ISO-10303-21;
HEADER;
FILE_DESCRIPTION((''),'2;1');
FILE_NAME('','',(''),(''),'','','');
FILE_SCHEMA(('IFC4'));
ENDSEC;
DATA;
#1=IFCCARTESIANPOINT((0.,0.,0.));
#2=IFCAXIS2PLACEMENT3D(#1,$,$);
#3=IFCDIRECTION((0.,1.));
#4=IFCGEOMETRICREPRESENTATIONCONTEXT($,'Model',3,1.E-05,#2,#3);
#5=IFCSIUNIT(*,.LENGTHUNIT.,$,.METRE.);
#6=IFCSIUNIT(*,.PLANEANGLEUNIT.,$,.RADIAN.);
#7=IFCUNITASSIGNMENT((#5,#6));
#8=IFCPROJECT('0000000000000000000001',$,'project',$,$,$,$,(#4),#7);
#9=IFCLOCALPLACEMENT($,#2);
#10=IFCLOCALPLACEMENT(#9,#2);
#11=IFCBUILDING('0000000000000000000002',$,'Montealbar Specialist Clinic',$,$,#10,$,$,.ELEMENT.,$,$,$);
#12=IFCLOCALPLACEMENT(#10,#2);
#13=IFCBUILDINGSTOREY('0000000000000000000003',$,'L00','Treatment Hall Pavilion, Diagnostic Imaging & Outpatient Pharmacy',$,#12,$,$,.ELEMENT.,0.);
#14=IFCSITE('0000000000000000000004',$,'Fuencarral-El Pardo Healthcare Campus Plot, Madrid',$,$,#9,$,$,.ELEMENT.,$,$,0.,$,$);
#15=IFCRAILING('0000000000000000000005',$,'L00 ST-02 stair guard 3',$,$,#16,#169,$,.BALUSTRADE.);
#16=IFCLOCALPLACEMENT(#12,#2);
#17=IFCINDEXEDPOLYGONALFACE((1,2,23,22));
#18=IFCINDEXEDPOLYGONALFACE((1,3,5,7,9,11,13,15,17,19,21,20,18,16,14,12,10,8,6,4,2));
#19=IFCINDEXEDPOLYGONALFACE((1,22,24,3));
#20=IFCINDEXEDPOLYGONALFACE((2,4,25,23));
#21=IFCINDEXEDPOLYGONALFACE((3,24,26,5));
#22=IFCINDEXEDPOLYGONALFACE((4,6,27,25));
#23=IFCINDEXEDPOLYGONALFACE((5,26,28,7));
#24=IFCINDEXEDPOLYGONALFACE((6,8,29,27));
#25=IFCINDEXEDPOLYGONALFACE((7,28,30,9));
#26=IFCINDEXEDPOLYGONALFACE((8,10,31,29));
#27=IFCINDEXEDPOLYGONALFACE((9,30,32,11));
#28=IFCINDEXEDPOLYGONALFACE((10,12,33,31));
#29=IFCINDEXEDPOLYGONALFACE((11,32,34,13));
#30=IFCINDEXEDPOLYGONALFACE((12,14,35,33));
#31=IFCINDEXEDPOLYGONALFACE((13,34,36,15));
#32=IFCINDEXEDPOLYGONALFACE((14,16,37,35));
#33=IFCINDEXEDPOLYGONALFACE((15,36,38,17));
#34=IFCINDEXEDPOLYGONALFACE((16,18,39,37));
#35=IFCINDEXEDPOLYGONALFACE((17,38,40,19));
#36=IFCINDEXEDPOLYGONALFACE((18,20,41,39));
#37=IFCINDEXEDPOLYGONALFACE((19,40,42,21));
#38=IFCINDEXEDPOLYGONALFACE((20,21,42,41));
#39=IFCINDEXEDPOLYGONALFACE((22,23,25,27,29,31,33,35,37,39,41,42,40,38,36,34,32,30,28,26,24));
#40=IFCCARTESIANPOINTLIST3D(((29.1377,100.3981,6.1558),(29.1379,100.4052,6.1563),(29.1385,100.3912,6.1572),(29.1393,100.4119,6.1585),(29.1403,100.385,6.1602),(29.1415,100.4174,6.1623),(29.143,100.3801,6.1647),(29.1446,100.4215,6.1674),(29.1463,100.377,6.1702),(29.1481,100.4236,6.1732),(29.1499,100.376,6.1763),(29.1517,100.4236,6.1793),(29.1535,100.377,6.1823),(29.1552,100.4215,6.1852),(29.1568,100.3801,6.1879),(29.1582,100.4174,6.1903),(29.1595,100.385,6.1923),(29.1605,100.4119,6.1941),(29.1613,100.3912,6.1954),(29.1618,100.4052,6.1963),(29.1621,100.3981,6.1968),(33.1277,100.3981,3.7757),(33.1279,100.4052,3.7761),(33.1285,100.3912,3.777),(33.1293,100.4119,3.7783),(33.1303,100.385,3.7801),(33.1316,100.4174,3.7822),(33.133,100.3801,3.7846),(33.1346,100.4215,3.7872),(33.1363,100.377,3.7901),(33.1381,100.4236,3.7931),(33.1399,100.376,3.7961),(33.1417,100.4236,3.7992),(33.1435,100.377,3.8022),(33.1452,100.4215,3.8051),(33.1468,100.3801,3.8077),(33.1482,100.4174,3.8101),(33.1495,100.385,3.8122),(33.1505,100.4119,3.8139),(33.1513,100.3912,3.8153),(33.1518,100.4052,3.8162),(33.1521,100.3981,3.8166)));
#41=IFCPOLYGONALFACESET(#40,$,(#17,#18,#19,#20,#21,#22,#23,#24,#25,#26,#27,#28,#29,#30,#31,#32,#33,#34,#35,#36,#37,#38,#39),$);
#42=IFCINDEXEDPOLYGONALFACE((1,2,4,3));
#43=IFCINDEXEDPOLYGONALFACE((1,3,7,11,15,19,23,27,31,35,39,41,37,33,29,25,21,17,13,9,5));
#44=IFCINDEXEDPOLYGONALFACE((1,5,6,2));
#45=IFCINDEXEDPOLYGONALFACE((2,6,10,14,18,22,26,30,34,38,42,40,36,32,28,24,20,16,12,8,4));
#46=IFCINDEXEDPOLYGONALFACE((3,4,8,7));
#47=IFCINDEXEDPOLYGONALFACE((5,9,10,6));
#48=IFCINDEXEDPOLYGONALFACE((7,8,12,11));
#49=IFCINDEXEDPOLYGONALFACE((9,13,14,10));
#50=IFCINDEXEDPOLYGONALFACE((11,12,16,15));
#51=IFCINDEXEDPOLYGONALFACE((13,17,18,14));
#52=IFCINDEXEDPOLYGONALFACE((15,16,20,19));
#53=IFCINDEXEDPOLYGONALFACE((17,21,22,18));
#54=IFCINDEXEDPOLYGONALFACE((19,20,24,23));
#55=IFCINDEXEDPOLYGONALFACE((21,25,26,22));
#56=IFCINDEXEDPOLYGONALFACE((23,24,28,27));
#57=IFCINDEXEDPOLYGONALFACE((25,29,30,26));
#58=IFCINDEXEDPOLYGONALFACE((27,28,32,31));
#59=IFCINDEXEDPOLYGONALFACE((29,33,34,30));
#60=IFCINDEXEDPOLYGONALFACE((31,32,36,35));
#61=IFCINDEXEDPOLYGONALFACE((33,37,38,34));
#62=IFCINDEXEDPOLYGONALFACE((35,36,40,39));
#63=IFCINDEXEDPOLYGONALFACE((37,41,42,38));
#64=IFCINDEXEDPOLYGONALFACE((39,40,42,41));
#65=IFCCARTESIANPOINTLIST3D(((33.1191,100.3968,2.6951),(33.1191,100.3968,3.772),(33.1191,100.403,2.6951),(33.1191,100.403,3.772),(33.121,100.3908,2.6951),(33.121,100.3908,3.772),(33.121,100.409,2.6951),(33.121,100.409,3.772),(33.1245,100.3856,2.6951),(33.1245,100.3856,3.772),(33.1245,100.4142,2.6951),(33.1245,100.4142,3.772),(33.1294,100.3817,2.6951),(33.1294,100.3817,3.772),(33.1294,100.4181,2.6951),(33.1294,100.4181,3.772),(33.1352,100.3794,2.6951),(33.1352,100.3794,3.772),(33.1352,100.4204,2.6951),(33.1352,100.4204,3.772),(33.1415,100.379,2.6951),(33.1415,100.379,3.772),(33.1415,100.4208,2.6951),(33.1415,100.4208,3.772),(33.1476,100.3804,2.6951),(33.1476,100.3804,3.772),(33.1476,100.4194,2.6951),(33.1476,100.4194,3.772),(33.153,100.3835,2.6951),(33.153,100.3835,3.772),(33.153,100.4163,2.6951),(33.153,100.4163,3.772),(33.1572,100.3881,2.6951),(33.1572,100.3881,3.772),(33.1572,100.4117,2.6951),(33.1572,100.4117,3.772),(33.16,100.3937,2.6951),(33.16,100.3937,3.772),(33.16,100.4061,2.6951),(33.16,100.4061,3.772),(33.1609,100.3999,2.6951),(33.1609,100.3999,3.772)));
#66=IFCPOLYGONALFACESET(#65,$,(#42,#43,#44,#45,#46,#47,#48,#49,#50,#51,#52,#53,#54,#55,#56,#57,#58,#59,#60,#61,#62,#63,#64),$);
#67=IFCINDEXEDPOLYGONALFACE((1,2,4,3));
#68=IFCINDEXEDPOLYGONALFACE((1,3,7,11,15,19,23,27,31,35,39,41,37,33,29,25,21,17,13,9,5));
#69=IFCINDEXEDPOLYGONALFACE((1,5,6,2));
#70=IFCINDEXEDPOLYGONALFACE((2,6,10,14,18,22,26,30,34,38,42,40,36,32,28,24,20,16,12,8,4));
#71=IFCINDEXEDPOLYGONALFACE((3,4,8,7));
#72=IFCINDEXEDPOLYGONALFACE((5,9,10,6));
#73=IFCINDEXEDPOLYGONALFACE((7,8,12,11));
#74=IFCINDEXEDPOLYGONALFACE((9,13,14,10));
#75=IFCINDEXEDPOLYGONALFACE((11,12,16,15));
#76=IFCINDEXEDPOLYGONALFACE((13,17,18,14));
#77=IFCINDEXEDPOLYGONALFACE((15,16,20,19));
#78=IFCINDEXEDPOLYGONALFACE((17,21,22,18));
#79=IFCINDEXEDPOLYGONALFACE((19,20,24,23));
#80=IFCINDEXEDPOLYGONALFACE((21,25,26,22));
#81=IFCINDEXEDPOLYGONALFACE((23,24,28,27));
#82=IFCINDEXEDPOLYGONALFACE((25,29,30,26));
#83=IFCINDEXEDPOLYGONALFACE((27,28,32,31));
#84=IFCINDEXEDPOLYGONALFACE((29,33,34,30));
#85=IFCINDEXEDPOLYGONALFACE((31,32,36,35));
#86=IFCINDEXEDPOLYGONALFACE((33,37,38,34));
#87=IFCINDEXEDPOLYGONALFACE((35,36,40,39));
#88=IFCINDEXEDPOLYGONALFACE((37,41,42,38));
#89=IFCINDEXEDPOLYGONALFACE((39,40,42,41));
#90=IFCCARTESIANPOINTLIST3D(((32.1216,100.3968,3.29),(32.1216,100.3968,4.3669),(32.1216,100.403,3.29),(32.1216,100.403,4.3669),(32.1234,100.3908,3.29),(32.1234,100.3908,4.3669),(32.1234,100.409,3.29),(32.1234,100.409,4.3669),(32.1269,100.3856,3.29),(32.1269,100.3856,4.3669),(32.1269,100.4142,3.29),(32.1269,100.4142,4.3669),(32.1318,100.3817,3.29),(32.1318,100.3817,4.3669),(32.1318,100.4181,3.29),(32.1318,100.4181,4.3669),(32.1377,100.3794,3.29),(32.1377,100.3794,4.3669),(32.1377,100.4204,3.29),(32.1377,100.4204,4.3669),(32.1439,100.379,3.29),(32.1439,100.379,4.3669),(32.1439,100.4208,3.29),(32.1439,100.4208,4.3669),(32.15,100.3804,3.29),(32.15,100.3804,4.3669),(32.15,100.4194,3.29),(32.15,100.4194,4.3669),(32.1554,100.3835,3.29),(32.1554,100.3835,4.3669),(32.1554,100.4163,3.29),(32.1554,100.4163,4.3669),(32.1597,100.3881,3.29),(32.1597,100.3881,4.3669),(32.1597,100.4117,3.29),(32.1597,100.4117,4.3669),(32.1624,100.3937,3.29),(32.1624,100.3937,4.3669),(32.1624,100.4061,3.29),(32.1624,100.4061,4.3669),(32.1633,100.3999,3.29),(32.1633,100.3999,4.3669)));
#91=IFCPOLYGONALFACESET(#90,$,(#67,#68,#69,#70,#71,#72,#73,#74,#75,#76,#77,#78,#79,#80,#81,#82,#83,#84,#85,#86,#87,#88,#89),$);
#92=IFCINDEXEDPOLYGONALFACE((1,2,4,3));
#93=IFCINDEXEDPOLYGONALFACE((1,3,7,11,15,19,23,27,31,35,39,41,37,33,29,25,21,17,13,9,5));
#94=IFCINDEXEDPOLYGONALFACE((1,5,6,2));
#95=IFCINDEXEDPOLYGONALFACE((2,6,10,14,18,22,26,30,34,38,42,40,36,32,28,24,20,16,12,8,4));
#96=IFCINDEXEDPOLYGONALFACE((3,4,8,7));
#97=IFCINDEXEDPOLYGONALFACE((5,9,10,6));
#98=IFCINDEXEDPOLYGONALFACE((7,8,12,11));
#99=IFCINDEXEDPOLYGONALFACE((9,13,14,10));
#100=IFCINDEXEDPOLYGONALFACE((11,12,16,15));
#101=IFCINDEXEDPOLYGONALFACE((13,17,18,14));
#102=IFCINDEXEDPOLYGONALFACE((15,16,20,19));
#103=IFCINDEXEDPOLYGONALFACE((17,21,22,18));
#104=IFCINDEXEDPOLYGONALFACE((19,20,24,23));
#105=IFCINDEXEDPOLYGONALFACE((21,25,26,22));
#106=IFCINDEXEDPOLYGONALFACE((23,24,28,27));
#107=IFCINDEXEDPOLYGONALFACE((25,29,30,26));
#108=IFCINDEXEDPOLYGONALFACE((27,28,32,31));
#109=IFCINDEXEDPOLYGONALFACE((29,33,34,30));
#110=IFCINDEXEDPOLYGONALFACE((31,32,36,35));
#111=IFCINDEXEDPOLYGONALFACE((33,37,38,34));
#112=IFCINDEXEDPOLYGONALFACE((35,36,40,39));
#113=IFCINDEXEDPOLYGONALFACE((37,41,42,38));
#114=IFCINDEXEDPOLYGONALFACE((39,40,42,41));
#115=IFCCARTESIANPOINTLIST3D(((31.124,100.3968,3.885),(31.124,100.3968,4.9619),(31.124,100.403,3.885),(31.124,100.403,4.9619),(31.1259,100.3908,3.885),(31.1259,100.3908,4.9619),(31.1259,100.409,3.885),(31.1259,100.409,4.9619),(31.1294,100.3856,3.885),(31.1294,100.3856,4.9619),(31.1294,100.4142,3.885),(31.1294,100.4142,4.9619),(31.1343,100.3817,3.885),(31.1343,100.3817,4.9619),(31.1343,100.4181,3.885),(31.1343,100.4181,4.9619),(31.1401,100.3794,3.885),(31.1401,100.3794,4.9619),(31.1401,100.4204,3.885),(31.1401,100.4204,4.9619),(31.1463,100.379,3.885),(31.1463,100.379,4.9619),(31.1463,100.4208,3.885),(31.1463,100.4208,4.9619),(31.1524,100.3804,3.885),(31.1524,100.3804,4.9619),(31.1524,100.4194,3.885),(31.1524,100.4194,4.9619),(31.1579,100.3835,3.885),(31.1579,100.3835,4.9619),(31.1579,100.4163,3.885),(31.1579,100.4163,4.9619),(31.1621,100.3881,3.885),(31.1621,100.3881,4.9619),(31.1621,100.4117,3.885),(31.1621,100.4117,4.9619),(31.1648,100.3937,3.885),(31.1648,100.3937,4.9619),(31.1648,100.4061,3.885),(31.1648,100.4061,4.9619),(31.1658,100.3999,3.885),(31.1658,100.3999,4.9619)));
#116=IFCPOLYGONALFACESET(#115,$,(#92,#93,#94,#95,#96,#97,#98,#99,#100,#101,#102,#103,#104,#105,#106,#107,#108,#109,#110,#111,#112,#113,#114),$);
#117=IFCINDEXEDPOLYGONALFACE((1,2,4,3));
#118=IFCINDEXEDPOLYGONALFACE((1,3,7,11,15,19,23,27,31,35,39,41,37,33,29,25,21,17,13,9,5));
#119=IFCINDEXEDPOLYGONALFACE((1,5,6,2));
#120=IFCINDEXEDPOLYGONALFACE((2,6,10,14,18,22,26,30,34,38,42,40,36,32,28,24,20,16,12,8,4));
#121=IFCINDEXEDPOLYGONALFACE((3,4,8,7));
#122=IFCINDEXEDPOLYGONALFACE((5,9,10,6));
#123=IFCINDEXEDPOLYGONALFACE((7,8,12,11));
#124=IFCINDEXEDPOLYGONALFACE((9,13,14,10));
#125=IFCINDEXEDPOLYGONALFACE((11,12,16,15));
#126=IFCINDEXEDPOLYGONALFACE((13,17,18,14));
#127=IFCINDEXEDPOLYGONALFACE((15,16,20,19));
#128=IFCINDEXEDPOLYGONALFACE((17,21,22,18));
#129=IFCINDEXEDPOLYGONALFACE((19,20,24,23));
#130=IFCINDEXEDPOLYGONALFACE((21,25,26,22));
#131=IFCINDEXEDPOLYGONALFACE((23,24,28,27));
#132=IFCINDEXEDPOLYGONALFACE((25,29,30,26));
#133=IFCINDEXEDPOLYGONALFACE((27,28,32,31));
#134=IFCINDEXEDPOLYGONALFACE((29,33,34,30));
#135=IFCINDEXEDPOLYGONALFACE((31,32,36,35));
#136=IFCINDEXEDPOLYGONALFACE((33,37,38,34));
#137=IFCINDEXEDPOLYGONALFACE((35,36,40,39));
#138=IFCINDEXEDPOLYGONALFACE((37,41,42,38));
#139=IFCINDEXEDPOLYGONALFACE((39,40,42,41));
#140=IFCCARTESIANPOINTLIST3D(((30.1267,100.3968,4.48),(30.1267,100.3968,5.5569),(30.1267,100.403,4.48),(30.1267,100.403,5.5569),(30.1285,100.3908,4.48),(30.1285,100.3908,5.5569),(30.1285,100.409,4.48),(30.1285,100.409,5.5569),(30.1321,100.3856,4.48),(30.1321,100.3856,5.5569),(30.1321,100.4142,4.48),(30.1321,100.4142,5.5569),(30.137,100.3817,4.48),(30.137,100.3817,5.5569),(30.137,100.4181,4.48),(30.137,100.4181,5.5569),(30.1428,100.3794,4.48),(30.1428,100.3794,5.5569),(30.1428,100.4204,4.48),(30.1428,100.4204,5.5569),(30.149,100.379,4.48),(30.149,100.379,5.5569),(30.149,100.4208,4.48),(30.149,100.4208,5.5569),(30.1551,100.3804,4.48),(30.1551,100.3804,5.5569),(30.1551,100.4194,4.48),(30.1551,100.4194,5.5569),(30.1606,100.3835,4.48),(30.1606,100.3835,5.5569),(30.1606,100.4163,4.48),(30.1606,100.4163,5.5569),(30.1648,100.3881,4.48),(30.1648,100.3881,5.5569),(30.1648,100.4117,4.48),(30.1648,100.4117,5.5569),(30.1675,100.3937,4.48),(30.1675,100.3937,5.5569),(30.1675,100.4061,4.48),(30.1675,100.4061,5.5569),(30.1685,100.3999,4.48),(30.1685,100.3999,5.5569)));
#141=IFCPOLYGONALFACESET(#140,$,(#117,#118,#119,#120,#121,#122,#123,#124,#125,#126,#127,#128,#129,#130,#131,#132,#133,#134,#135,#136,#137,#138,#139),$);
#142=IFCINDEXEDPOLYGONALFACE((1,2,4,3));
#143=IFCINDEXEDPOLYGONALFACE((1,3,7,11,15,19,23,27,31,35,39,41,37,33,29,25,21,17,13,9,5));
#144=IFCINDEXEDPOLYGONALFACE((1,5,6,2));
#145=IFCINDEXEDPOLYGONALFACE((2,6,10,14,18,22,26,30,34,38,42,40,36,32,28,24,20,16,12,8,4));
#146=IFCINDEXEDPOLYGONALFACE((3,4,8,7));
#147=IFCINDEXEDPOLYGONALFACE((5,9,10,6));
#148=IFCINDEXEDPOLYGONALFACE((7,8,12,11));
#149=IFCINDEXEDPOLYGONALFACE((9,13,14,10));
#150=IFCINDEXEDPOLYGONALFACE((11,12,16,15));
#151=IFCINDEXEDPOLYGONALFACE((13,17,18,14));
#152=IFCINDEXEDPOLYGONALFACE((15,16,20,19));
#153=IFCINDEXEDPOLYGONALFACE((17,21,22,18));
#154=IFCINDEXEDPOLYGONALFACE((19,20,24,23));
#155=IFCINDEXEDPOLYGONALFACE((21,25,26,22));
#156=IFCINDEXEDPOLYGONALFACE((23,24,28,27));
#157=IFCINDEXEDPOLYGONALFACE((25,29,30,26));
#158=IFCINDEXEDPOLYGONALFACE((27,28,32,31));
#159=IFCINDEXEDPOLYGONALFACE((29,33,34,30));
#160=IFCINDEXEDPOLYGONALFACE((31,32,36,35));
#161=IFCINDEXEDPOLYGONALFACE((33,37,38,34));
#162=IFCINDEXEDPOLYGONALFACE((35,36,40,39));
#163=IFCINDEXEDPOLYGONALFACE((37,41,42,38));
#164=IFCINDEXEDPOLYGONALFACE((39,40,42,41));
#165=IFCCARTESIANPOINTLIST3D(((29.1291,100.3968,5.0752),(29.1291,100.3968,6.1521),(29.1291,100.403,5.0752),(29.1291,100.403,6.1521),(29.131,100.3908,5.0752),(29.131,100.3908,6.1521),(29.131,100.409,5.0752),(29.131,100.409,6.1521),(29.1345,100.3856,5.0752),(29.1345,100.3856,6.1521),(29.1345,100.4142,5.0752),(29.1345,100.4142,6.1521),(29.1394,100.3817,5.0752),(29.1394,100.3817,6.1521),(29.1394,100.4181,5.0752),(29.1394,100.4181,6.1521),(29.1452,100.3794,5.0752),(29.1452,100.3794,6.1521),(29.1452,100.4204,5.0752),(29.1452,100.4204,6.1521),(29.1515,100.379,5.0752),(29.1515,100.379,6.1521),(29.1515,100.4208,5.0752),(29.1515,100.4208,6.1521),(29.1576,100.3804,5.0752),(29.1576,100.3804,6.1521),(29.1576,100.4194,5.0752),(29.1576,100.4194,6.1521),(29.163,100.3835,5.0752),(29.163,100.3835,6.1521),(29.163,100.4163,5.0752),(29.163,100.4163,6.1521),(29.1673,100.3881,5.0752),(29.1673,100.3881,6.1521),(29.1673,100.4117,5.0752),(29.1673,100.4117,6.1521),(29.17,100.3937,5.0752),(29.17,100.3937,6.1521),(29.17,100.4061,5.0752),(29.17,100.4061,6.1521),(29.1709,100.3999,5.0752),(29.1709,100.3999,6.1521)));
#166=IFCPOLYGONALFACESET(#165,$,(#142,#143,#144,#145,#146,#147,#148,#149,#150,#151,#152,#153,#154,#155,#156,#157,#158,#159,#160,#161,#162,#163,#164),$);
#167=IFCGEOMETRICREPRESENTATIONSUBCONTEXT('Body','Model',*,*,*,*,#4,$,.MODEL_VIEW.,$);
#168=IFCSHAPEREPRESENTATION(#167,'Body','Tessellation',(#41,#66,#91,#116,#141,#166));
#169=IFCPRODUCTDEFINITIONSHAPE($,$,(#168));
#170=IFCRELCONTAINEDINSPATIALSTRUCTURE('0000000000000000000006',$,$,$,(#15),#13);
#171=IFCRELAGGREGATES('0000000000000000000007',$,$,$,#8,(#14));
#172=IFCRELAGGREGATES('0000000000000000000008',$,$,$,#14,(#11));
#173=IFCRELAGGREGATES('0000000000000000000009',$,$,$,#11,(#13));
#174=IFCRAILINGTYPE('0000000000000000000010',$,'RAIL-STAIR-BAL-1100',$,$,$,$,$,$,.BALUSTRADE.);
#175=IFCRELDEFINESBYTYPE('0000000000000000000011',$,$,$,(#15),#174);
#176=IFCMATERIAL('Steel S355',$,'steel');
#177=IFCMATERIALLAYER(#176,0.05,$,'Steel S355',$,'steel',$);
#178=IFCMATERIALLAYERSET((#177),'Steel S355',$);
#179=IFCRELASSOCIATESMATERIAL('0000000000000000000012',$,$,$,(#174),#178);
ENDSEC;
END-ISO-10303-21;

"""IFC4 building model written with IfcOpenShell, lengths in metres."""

from ifc_helpers import new_model, si_unit, direction, frame, origin, origin_2d, place, context, subcontext, project, spatial, circle, extrude, material, layer, layer_set, type_object, element, save


model = new_model("IFC4")

# Units and contexts
model_context = context("Model", 3, precision=1e-05, world=origin(), true_north=direction((0.0, 1.0)))
body_context = subcontext(model_context, "Body", "Model", "MODEL_VIEW")
ifc_project = project(units=[si_unit("LENGTHUNIT", "METRE"), si_unit("PLANEANGLEUNIT", "RADIAN")], contexts=[model_context])

# Site, building, storey
site_placement = place(None, origin())
site = spatial("IfcSite", under=ifc_project, at=site_placement, Name="Fuencarral-El Pardo Healthcare Campus Plot, Madrid", CompositionType="ELEMENT", RefElevation=0.0)
building_placement = place(site_placement, origin())
building = spatial("IfcBuilding", under=site, at=building_placement, Name="Montealbar Specialist Clinic", CompositionType="ELEMENT")
storey_placement = place(building_placement, origin())
storey = spatial("IfcBuildingStorey", under=building, at=storey_placement, Name="L00", Description="Treatment Hall Pavilion, Diagnostic Imaging & Outpatient Pharmacy", CompositionType="ELEMENT", Elevation=0.0)

# Shared definitions
ifc_material_1 = material(Name="Steel S355", Category="steel")

# Railing
ifc_layer_1 = layer(ifc_material_1, 0.05, Name="Steel S355", Category="steel")
ifc_layer_set_1 = layer_set([ifc_layer_1], Name="Steel S355")
railing_type_1 = type_object("IfcRailingType", Name="RAIL-STAIR-BAL-1100", PredefinedType="BALUSTRADE", material=ifc_layer_set_1)
railing_1_placement = place(storey_placement, frame((33.1399, 100.3999, 2.72)))
element("IfcRailing", 1, at=railing_1_placement, inside=storey, type_object=railing_type_1, Name="L00 ST-02 stair guard 3", PredefinedType="BALUSTRADE", context=body_context, shape_type="SweptSolid", body=[
    extrude(circle(Radius=0.0239, at=origin_2d()), frame((0.0, 0.0, 1.0762), z_axis=(-0.858807, 0.0, 0.512299), x_axis=(0.0, -1.0, 0.0)), (0.0, 0.0, 1.0), 4.646),
    extrude(circle(Radius=0.021, at=origin_2d()), frame((0.0, 0.0, -0.0249)), (0.0, 0.0, 1.0), 1.0769),
    extrude(circle(Radius=0.021, at=origin_2d()), frame((-0.9976, 0.0, 0.5701)), (0.0, 0.0, 1.0), 1.0769),
    extrude(circle(Radius=0.021, at=origin_2d()), frame((-1.9951, 0.0, 1.165)), (0.0, 0.0, 1.0), 1.0769),
    extrude(circle(Radius=0.021, at=origin_2d()), frame((-2.9924, 0.0, 1.76)), (0.0, 0.0, 1.0), 1.0769),
    extrude(circle(Radius=0.021, at=origin_2d()), frame((-3.99, 0.0, 2.3552)), (0.0, 0.0, 1.0), 1.0769),
])

save(model, "model.ifc")
